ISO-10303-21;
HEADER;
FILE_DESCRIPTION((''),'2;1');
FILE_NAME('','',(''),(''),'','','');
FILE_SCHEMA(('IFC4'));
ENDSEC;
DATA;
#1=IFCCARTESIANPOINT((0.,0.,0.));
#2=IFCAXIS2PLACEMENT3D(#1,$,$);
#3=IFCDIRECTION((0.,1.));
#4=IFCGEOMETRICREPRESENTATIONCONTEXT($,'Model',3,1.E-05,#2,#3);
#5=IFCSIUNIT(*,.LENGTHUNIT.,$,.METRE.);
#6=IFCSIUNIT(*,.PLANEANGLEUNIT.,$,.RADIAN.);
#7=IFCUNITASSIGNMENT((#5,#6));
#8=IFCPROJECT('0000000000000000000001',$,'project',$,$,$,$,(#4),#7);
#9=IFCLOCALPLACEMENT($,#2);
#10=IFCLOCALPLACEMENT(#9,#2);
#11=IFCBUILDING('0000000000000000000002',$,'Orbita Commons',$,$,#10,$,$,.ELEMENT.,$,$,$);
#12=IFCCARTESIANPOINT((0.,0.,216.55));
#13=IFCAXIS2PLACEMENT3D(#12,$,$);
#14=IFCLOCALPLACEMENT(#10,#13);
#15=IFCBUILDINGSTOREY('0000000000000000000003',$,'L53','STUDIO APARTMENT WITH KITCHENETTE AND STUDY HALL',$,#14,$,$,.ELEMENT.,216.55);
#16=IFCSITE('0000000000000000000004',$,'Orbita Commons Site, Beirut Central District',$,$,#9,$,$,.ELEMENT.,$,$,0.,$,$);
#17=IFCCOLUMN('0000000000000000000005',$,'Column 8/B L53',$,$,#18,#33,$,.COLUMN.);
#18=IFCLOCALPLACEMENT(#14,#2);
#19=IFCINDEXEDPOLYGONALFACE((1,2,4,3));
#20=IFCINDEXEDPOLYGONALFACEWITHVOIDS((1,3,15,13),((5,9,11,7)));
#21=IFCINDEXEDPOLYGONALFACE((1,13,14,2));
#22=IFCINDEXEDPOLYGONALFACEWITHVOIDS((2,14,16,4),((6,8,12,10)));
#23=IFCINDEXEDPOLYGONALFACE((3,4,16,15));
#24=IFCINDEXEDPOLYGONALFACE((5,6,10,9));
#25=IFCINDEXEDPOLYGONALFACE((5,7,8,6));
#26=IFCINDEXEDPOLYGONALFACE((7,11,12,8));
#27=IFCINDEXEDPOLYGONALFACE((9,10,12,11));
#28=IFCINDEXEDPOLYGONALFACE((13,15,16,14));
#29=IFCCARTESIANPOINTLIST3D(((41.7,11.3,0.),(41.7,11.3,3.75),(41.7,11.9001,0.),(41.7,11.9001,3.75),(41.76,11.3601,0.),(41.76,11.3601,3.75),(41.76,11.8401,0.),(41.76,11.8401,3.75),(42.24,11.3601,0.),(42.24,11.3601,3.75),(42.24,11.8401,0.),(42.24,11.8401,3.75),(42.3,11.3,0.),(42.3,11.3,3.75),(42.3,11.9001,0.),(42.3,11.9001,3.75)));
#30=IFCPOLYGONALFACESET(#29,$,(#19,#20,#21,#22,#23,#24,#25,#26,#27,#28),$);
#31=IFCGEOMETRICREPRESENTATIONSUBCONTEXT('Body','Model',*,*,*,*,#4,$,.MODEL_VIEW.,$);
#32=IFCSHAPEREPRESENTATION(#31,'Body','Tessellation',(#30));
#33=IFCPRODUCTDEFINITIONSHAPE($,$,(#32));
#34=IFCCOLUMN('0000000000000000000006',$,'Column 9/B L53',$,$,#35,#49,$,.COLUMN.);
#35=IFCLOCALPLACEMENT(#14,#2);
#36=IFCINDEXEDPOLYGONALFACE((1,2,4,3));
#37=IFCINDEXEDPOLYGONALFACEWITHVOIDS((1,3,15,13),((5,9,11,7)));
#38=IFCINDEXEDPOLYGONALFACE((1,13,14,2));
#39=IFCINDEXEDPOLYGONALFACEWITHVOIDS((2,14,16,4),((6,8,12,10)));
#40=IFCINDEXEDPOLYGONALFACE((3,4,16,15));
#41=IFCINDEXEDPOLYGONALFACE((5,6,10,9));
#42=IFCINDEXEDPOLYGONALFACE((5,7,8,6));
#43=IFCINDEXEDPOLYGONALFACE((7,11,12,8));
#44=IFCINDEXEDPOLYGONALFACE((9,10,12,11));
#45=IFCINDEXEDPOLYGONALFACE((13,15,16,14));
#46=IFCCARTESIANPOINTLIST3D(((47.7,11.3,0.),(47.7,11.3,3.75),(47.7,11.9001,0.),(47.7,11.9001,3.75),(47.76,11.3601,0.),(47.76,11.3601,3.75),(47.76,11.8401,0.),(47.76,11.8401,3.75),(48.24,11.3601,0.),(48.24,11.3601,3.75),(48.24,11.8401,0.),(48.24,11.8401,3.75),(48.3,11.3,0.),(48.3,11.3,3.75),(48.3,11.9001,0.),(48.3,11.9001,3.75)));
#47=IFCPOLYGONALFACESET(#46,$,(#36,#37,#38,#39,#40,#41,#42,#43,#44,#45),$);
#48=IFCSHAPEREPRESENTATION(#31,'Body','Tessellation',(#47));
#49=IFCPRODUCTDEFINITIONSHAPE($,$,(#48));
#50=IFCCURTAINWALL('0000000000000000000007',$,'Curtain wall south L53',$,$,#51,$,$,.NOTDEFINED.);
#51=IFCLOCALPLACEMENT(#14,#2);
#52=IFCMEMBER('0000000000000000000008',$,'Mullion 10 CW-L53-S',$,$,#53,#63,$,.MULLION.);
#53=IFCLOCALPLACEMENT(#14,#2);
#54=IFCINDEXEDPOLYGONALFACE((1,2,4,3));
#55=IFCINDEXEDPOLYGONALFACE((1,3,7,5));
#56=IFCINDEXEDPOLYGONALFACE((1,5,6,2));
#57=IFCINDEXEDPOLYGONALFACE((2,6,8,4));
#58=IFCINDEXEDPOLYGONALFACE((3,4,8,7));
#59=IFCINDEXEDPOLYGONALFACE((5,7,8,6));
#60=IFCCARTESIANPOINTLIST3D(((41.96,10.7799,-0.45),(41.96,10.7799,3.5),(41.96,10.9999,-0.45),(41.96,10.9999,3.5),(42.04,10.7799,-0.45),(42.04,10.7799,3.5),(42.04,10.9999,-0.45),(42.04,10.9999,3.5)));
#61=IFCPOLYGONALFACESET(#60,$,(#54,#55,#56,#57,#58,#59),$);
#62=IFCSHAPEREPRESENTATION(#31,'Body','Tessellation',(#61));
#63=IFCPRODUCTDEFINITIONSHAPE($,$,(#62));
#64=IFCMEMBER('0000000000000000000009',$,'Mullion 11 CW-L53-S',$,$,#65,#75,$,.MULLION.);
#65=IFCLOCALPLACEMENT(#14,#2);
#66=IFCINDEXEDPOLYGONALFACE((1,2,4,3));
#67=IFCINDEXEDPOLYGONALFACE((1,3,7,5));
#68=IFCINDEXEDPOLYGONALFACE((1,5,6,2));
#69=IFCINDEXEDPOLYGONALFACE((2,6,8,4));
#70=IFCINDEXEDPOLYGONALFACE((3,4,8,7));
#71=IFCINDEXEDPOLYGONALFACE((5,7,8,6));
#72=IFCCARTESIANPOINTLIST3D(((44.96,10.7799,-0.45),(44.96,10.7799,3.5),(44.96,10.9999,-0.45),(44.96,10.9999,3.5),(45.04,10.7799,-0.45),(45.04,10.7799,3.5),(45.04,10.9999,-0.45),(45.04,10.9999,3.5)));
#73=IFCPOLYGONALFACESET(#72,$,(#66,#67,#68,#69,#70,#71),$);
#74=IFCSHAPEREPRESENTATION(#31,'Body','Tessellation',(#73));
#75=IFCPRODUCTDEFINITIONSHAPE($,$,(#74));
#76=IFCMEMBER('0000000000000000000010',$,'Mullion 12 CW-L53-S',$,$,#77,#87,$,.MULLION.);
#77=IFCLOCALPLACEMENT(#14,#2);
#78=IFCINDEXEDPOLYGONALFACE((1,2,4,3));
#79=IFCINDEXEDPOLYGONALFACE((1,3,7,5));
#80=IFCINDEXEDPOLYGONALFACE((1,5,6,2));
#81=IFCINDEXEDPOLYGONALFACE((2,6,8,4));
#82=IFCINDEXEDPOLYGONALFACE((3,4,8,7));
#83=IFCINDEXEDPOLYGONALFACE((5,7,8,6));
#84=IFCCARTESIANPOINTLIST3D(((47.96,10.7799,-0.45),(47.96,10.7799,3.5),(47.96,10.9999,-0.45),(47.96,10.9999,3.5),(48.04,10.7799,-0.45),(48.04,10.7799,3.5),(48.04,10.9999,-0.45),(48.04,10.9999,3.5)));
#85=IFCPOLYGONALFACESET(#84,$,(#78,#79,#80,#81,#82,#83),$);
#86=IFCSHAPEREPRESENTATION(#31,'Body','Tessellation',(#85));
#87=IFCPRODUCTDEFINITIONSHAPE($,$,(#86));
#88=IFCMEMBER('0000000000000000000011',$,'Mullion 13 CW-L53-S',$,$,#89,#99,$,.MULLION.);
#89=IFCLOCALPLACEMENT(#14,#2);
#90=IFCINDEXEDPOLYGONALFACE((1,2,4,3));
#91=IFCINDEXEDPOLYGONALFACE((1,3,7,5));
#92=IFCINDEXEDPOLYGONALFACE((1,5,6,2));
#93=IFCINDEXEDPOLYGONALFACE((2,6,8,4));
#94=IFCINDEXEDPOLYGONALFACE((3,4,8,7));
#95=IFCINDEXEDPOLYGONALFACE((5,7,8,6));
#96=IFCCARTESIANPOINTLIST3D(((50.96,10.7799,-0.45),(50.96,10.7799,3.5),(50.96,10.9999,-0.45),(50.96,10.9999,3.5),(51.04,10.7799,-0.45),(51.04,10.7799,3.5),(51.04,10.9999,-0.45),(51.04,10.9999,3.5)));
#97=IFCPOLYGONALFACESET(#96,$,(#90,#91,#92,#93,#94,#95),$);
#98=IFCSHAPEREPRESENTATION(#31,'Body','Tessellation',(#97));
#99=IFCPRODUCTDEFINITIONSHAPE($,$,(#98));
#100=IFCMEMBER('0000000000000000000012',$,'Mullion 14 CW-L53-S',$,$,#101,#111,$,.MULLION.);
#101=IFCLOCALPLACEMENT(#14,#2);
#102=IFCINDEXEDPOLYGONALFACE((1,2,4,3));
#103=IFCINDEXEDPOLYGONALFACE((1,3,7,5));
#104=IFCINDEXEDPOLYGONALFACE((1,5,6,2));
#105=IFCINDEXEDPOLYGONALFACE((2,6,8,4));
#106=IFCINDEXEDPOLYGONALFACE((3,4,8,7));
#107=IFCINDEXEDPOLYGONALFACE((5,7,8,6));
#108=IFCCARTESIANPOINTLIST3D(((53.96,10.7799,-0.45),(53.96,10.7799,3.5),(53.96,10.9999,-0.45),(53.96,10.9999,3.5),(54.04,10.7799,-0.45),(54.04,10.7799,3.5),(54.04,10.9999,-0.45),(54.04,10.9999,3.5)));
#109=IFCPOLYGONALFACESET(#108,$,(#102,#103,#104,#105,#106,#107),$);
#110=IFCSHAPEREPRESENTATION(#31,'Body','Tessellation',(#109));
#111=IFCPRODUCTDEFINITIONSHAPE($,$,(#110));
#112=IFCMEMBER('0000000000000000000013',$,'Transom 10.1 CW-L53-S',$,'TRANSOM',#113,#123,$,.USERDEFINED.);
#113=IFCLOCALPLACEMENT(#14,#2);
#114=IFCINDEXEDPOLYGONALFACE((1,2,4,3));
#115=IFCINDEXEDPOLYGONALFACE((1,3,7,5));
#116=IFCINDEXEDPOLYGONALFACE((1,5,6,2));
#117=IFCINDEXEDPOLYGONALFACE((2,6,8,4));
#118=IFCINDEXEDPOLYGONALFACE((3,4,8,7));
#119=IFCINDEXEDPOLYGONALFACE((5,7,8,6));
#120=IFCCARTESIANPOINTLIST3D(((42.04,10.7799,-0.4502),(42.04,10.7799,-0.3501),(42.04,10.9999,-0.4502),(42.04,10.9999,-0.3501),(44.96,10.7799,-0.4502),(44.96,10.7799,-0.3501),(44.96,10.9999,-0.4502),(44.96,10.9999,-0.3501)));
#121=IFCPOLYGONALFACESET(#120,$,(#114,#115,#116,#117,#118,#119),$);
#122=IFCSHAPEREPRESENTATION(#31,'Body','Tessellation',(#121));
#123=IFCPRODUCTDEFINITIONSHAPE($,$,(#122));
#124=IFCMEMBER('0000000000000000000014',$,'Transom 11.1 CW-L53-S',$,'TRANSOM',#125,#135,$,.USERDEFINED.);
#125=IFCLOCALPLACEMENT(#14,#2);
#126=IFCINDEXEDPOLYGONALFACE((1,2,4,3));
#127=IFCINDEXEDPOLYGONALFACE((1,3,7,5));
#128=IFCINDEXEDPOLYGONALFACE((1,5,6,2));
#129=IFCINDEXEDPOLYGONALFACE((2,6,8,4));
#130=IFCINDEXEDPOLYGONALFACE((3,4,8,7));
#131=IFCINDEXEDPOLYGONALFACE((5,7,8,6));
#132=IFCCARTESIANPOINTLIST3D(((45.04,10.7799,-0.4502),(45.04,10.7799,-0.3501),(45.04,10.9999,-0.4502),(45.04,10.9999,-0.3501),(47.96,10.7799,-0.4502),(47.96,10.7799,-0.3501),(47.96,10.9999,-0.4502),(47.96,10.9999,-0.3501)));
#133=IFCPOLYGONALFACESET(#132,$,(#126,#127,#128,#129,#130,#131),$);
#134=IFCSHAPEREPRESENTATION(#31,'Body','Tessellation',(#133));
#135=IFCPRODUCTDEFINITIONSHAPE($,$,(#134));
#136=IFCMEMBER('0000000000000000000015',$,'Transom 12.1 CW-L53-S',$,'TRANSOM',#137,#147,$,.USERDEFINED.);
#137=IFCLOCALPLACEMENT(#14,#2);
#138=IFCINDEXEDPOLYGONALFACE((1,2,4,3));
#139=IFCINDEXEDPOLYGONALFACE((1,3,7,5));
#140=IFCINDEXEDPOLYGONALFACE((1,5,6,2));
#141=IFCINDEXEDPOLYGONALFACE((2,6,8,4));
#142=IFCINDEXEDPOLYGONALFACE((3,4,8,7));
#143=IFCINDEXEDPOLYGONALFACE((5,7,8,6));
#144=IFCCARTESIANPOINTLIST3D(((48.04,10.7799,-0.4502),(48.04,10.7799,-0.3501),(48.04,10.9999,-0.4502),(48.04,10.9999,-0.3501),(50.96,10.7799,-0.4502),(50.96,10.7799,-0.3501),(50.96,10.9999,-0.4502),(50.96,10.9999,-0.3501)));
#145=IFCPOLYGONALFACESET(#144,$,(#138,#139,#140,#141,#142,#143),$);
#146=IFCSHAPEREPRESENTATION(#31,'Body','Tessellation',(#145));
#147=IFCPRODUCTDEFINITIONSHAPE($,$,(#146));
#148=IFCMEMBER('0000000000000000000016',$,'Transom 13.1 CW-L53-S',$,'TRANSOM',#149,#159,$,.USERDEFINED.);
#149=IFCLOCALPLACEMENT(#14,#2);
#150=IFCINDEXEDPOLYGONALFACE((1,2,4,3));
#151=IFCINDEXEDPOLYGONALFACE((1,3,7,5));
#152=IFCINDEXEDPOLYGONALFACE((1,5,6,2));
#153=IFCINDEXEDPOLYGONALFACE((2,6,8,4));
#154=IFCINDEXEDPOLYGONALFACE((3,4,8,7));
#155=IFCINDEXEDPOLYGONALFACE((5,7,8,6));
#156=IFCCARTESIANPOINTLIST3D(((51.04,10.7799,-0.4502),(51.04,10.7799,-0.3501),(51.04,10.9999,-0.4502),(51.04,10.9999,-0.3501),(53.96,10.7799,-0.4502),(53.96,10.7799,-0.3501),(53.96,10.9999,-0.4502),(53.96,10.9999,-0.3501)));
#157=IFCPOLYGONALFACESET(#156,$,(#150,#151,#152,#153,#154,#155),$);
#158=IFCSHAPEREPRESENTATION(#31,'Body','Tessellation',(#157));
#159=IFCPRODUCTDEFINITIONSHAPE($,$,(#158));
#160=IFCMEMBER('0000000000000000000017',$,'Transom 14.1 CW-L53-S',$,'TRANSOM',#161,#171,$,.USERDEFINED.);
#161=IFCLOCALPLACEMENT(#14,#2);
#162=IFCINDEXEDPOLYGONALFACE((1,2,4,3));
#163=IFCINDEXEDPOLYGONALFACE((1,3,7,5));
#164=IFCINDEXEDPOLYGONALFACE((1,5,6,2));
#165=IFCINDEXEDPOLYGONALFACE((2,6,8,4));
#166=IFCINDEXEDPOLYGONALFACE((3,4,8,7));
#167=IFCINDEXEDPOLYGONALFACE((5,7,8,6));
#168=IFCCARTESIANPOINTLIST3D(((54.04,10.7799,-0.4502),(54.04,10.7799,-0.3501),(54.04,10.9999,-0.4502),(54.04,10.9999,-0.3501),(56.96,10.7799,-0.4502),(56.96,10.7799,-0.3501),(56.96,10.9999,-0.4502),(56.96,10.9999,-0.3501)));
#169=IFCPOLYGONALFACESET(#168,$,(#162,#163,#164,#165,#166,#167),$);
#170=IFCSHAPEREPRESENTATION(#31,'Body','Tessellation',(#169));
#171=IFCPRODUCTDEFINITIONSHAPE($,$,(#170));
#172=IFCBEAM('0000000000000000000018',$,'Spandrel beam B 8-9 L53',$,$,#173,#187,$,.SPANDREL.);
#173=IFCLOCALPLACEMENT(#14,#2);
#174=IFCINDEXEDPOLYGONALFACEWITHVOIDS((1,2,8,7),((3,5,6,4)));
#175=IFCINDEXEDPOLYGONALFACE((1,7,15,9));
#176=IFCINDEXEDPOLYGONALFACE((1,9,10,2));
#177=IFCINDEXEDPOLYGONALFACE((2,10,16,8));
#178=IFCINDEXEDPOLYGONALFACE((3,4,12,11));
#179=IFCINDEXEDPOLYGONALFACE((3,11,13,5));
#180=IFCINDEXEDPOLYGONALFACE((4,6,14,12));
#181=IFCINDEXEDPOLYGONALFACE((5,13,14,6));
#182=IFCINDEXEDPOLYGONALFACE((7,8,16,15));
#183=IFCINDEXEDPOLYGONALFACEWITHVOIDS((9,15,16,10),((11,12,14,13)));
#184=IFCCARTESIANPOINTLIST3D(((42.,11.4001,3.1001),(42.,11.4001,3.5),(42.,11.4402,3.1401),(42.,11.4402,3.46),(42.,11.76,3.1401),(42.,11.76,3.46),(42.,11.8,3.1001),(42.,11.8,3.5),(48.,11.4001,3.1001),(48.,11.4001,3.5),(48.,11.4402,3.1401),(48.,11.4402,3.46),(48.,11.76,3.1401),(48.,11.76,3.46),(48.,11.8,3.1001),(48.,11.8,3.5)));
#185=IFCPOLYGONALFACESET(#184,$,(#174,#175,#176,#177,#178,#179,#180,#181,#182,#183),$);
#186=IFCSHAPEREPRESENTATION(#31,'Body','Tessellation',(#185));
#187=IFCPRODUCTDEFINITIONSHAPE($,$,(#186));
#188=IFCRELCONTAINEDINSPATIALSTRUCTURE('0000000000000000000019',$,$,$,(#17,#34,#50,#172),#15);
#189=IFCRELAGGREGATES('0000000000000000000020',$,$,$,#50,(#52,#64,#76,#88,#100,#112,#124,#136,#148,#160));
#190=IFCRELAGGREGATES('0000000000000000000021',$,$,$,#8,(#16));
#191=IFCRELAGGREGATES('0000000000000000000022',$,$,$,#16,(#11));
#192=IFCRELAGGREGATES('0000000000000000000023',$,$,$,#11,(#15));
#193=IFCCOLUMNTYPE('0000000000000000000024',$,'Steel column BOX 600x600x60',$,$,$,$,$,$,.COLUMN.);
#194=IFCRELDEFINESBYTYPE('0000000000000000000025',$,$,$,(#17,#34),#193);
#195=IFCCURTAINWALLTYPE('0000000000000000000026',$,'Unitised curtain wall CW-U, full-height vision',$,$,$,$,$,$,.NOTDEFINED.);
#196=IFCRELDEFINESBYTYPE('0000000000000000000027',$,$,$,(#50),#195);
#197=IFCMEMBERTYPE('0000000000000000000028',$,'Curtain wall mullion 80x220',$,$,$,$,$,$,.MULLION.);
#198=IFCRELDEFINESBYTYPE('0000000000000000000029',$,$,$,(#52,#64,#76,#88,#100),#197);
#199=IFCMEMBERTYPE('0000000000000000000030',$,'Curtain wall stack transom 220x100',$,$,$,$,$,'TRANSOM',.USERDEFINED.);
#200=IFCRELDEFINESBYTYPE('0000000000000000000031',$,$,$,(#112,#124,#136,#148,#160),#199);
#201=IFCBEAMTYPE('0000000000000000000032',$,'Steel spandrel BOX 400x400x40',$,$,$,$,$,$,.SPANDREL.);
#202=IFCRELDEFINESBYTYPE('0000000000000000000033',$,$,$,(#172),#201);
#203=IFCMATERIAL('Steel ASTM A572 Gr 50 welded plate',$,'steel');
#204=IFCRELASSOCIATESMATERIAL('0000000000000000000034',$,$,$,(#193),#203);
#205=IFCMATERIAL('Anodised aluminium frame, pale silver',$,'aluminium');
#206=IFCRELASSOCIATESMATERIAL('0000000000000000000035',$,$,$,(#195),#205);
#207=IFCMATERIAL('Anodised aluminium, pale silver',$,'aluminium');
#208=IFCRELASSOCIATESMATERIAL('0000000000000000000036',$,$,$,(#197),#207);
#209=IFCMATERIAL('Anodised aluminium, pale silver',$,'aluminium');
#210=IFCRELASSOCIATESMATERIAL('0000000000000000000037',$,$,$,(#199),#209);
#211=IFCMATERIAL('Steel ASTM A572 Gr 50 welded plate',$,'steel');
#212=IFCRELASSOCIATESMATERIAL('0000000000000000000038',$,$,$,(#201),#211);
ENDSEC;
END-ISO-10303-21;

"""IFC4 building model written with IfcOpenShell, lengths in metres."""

from ifc_helpers import new_model, si_unit, direction, frame, origin, origin_2d, place, context, subcontext, project, spatial, rectangle, hollow_rectangle, extrude, material, material_profile, profile_set, type_object, element, aggregate, save


model = new_model("IFC4")

# Units and contexts
model_context = context("Model", 3, precision=1e-05, world=origin(), true_north=direction((0.0, 1.0)))
body_context = subcontext(model_context, "Body", "Model", "MODEL_VIEW")
ifc_project = project(units=[si_unit("LENGTHUNIT", "METRE"), si_unit("PLANEANGLEUNIT", "RADIAN")], contexts=[model_context])

# Site, building, storey
site_placement = place(None, origin())
site = spatial("IfcSite", under=ifc_project, at=site_placement, Name="Orbita Commons Site, Beirut Central District", CompositionType="ELEMENT", RefElevation=0.0)
building_placement = place(site_placement, origin())
building = spatial("IfcBuilding", under=site, at=building_placement, Name="Orbita Commons", CompositionType="ELEMENT")
storey_placement = place(building_placement, frame((0.0, 0.0, 216.55)))
storey = spatial("IfcBuildingStorey", under=building, at=storey_placement, Name="L53", Description="STUDIO APARTMENT WITH KITCHENETTE AND STUDY HALL", CompositionType="ELEMENT", Elevation=216.55)

# Columns
ifc_material_1 = material(Name="Steel ASTM A572 Gr 50 welded plate", Category="steel")
ifc_material_profile_1 = material_profile(ifc_material_1, hollow_rectangle(XDim=0.6001, YDim=0.6001, WallThickness=0.0601, at=origin_2d()), Name="BOX 600x600x60")
ifc_profile_set_1 = profile_set([ifc_material_profile_1], Name="Steel ASTM A572 Gr 50 welded plate")
column_type = type_object("IfcColumnType", Name="Steel column BOX 600x600x60", PredefinedType="COLUMN", material=ifc_profile_set_1)
for number, where, z_axis, x_axis, name in (
    (1, (42.0, 11.6001, 0.0), (0.0, 0.0, 1.0), (1.0, 0.0, 0.0), "Column 8/B L53"),
    (2, (48.0, 11.6001, 0.0), (0.0, 0.0, 1.0), (1.0, 0.0, 0.0), "Column 9/B L53"),
):
    element("IfcColumn", number, at=place(storey_placement, frame(where, z_axis=z_axis, x_axis=x_axis)), inside=storey, type_object=column_type, Name=name, PredefinedType="COLUMN", context=body_context, shape_type="SweptSolid", body=[
        extrude(hollow_rectangle(XDim=0.6001, YDim=0.6001, WallThickness=0.0601, at=origin_2d()), origin(), (0.0, 0.0, 1.0), 3.75),
    ])

# Curtain wall, members
ifc_material_2 = material(Name="Anodised aluminium frame, pale silver", Category="aluminium")
curtain_wall_type = type_object("IfcCurtainWallType", Name="Unitised curtain wall CW-U, full-height vision", PredefinedType="NOTDEFINED", material=ifc_material_2)
curtain_wall_placement = place(storey_placement, origin())
curtain_wall = element("IfcCurtainWall", 3, at=curtain_wall_placement, inside=storey, type_object=curtain_wall_type, Name="Curtain wall south L53", PredefinedType="NOTDEFINED")
ifc_material_3 = material(Name="Anodised aluminium, pale silver", Category="aluminium")
ifc_material_profile_2 = material_profile(ifc_material_3, rectangle(XDim=0.0801, YDim=0.22, at=origin_2d()), Name="AL 80x220")
ifc_profile_set_2 = profile_set([ifc_material_profile_2], Name="Anodised aluminium, pale silver")
member_type_1 = type_object("IfcMemberType", Name="Curtain wall mullion 80x220", PredefinedType="MULLION", material=ifc_profile_set_2)
member_1_placement = place(storey_placement, frame((42.0, 10.8899, -0.45), z_axis=(0.0, 0.0, 1.0), x_axis=(1.0, 0.0, 0.0)))
member_1 = element("IfcMember", 4, at=member_1_placement, type_object=member_type_1, Name="Mullion 10 CW-L53-S", PredefinedType="MULLION", context=body_context, shape_type="SweptSolid", body=[
    extrude(rectangle(XDim=0.0801, YDim=0.22, at=origin_2d()), origin(), (0.0, 0.0, 1.0), 3.95),
])
member_2_placement = place(storey_placement, frame((45.0, 10.8899, -0.45), z_axis=(0.0, 0.0, 1.0), x_axis=(1.0, 0.0, 0.0)))
member_2 = element("IfcMember", 5, at=member_2_placement, type_object=member_type_1, Name="Mullion 11 CW-L53-S", PredefinedType="MULLION", context=body_context, shape_type="SweptSolid", body=[
    extrude(rectangle(XDim=0.0801, YDim=0.22, at=origin_2d()), origin(), (0.0, 0.0, 1.0), 3.95),
])
member_3_placement = place(storey_placement, frame((48.0, 10.8899, -0.45), z_axis=(0.0, 0.0, 1.0), x_axis=(1.0, 0.0, 0.0)))
member_3 = element("IfcMember", 6, at=member_3_placement, type_object=member_type_1, Name="Mullion 12 CW-L53-S", PredefinedType="MULLION", context=body_context, shape_type="SweptSolid", body=[
    extrude(rectangle(XDim=0.0801, YDim=0.22, at=origin_2d()), origin(), (0.0, 0.0, 1.0), 3.95),
])
member_4_placement = place(storey_placement, frame((51.0, 10.8899, -0.45), z_axis=(0.0, 0.0, 1.0), x_axis=(1.0, 0.0, 0.0)))
member_4 = element("IfcMember", 7, at=member_4_placement, type_object=member_type_1, Name="Mullion 13 CW-L53-S", PredefinedType="MULLION", context=body_context, shape_type="SweptSolid", body=[
    extrude(rectangle(XDim=0.0801, YDim=0.22, at=origin_2d()), origin(), (0.0, 0.0, 1.0), 3.95),
])
member_5_placement = place(storey_placement, frame((54.0, 10.8899, -0.45), z_axis=(0.0, 0.0, 1.0), x_axis=(1.0, 0.0, 0.0)))
member_5 = element("IfcMember", 8, at=member_5_placement, type_object=member_type_1, Name="Mullion 14 CW-L53-S", PredefinedType="MULLION", context=body_context, shape_type="SweptSolid", body=[
    extrude(rectangle(XDim=0.0801, YDim=0.22, at=origin_2d()), origin(), (0.0, 0.0, 1.0), 3.95),
])
ifc_material_4 = material(Name="Anodised aluminium, pale silver", Category="aluminium")
ifc_material_profile_3 = material_profile(ifc_material_4, rectangle(XDim=0.22, YDim=0.1001, at=origin_2d()), Name="AL 220x100")
ifc_profile_set_3 = profile_set([ifc_material_profile_3], Name="Anodised aluminium, pale silver")
member_type_2 = type_object("IfcMemberType", Name="Curtain wall stack transom 220x100", ElementType="TRANSOM", PredefinedType="USERDEFINED", material=ifc_profile_set_3)
member_6_placement = place(storey_placement, frame((42.04, 10.8899, -0.4001), z_axis=(1.0, 0.0, 0.0), x_axis=(0.0, 1.0, 0.0)))
member_6 = element("IfcMember", 9, at=member_6_placement, type_object=member_type_2, Name="Transom 10.1 CW-L53-S", ObjectType="TRANSOM", PredefinedType="USERDEFINED", context=body_context, shape_type="SweptSolid", body=[
    extrude(rectangle(XDim=0.22, YDim=0.1001, at=origin_2d()), origin(), (0.0, 0.0, 1.0), 2.9199),
])
member_7_placement = place(storey_placement, frame((45.04, 10.8899, -0.4001), z_axis=(1.0, 0.0, 0.0), x_axis=(0.0, 1.0, 0.0)))
member_7 = element("IfcMember", 10, at=member_7_placement, type_object=member_type_2, Name="Transom 11.1 CW-L53-S", ObjectType="TRANSOM", PredefinedType="USERDEFINED", context=body_context, shape_type="SweptSolid", body=[
    extrude(rectangle(XDim=0.22, YDim=0.1001, at=origin_2d()), origin(), (0.0, 0.0, 1.0), 2.9199),
])
member_8_placement = place(storey_placement, frame((48.04, 10.8899, -0.4001), z_axis=(1.0, 0.0, 0.0), x_axis=(0.0, 1.0, 0.0)))
member_8 = element("IfcMember", 11, at=member_8_placement, type_object=member_type_2, Name="Transom 12.1 CW-L53-S", ObjectType="TRANSOM", PredefinedType="USERDEFINED", context=body_context, shape_type="SweptSolid", body=[
    extrude(rectangle(XDim=0.22, YDim=0.1001, at=origin_2d()), origin(), (0.0, 0.0, 1.0), 2.9199),
])
member_9_placement = place(storey_placement, frame((51.04, 10.8899, -0.4001), z_axis=(1.0, 0.0, 0.0), x_axis=(0.0, 1.0, 0.0)))
member_9 = element("IfcMember", 12, at=member_9_placement, type_object=member_type_2, Name="Transom 13.1 CW-L53-S", ObjectType="TRANSOM", PredefinedType="USERDEFINED", context=body_context, shape_type="SweptSolid", body=[
    extrude(rectangle(XDim=0.22, YDim=0.1001, at=origin_2d()), origin(), (0.0, 0.0, 1.0), 2.9199),
])
member_10_placement = place(storey_placement, frame((54.04, 10.8899, -0.4001), z_axis=(1.0, 0.0, 0.0), x_axis=(0.0, 1.0, 0.0)))
member_10 = element("IfcMember", 13, at=member_10_placement, type_object=member_type_2, Name="Transom 14.1 CW-L53-S", ObjectType="TRANSOM", PredefinedType="USERDEFINED", context=body_context, shape_type="SweptSolid", body=[
    extrude(rectangle(XDim=0.22, YDim=0.1001, at=origin_2d()), origin(), (0.0, 0.0, 1.0), 2.9199),
])

# Beam
ifc_material_5 = material(Name="Steel ASTM A572 Gr 50 welded plate", Category="steel")
ifc_material_profile_4 = material_profile(ifc_material_5, hollow_rectangle(XDim=0.3999, YDim=0.3999, WallThickness=0.04, at=origin_2d()), Name="BOX 400x400x40")
ifc_profile_set_4 = profile_set([ifc_material_profile_4], Name="Steel ASTM A572 Gr 50 welded plate")
beam_type = type_object("IfcBeamType", Name="Steel spandrel BOX 400x400x40", PredefinedType="SPANDREL", material=ifc_profile_set_4)
for number, where, z_axis, x_axis, name in (
    (14, (42.0, 11.6001, 3.3), (1.0, 0.0, 0.0), (0.0, 1.0, 0.0), "Spandrel beam B 8-9 L53"),
):
    element("IfcBeam", number, at=place(storey_placement, frame(where, z_axis=z_axis, x_axis=x_axis)), inside=storey, type_object=beam_type, Name=name, PredefinedType="SPANDREL", context=body_context, shape_type="SweptSolid", body=[
        extrude(hollow_rectangle(XDim=0.3999, YDim=0.3999, WallThickness=0.04, at=origin_2d()), origin(), (0.0, 0.0, 1.0), 6.0),
    ])

aggregate(curtain_wall, [member_1, member_2, member_3, member_4, member_5, member_6, member_7, member_8, member_9, member_10])

save(model, "model.ifc")
